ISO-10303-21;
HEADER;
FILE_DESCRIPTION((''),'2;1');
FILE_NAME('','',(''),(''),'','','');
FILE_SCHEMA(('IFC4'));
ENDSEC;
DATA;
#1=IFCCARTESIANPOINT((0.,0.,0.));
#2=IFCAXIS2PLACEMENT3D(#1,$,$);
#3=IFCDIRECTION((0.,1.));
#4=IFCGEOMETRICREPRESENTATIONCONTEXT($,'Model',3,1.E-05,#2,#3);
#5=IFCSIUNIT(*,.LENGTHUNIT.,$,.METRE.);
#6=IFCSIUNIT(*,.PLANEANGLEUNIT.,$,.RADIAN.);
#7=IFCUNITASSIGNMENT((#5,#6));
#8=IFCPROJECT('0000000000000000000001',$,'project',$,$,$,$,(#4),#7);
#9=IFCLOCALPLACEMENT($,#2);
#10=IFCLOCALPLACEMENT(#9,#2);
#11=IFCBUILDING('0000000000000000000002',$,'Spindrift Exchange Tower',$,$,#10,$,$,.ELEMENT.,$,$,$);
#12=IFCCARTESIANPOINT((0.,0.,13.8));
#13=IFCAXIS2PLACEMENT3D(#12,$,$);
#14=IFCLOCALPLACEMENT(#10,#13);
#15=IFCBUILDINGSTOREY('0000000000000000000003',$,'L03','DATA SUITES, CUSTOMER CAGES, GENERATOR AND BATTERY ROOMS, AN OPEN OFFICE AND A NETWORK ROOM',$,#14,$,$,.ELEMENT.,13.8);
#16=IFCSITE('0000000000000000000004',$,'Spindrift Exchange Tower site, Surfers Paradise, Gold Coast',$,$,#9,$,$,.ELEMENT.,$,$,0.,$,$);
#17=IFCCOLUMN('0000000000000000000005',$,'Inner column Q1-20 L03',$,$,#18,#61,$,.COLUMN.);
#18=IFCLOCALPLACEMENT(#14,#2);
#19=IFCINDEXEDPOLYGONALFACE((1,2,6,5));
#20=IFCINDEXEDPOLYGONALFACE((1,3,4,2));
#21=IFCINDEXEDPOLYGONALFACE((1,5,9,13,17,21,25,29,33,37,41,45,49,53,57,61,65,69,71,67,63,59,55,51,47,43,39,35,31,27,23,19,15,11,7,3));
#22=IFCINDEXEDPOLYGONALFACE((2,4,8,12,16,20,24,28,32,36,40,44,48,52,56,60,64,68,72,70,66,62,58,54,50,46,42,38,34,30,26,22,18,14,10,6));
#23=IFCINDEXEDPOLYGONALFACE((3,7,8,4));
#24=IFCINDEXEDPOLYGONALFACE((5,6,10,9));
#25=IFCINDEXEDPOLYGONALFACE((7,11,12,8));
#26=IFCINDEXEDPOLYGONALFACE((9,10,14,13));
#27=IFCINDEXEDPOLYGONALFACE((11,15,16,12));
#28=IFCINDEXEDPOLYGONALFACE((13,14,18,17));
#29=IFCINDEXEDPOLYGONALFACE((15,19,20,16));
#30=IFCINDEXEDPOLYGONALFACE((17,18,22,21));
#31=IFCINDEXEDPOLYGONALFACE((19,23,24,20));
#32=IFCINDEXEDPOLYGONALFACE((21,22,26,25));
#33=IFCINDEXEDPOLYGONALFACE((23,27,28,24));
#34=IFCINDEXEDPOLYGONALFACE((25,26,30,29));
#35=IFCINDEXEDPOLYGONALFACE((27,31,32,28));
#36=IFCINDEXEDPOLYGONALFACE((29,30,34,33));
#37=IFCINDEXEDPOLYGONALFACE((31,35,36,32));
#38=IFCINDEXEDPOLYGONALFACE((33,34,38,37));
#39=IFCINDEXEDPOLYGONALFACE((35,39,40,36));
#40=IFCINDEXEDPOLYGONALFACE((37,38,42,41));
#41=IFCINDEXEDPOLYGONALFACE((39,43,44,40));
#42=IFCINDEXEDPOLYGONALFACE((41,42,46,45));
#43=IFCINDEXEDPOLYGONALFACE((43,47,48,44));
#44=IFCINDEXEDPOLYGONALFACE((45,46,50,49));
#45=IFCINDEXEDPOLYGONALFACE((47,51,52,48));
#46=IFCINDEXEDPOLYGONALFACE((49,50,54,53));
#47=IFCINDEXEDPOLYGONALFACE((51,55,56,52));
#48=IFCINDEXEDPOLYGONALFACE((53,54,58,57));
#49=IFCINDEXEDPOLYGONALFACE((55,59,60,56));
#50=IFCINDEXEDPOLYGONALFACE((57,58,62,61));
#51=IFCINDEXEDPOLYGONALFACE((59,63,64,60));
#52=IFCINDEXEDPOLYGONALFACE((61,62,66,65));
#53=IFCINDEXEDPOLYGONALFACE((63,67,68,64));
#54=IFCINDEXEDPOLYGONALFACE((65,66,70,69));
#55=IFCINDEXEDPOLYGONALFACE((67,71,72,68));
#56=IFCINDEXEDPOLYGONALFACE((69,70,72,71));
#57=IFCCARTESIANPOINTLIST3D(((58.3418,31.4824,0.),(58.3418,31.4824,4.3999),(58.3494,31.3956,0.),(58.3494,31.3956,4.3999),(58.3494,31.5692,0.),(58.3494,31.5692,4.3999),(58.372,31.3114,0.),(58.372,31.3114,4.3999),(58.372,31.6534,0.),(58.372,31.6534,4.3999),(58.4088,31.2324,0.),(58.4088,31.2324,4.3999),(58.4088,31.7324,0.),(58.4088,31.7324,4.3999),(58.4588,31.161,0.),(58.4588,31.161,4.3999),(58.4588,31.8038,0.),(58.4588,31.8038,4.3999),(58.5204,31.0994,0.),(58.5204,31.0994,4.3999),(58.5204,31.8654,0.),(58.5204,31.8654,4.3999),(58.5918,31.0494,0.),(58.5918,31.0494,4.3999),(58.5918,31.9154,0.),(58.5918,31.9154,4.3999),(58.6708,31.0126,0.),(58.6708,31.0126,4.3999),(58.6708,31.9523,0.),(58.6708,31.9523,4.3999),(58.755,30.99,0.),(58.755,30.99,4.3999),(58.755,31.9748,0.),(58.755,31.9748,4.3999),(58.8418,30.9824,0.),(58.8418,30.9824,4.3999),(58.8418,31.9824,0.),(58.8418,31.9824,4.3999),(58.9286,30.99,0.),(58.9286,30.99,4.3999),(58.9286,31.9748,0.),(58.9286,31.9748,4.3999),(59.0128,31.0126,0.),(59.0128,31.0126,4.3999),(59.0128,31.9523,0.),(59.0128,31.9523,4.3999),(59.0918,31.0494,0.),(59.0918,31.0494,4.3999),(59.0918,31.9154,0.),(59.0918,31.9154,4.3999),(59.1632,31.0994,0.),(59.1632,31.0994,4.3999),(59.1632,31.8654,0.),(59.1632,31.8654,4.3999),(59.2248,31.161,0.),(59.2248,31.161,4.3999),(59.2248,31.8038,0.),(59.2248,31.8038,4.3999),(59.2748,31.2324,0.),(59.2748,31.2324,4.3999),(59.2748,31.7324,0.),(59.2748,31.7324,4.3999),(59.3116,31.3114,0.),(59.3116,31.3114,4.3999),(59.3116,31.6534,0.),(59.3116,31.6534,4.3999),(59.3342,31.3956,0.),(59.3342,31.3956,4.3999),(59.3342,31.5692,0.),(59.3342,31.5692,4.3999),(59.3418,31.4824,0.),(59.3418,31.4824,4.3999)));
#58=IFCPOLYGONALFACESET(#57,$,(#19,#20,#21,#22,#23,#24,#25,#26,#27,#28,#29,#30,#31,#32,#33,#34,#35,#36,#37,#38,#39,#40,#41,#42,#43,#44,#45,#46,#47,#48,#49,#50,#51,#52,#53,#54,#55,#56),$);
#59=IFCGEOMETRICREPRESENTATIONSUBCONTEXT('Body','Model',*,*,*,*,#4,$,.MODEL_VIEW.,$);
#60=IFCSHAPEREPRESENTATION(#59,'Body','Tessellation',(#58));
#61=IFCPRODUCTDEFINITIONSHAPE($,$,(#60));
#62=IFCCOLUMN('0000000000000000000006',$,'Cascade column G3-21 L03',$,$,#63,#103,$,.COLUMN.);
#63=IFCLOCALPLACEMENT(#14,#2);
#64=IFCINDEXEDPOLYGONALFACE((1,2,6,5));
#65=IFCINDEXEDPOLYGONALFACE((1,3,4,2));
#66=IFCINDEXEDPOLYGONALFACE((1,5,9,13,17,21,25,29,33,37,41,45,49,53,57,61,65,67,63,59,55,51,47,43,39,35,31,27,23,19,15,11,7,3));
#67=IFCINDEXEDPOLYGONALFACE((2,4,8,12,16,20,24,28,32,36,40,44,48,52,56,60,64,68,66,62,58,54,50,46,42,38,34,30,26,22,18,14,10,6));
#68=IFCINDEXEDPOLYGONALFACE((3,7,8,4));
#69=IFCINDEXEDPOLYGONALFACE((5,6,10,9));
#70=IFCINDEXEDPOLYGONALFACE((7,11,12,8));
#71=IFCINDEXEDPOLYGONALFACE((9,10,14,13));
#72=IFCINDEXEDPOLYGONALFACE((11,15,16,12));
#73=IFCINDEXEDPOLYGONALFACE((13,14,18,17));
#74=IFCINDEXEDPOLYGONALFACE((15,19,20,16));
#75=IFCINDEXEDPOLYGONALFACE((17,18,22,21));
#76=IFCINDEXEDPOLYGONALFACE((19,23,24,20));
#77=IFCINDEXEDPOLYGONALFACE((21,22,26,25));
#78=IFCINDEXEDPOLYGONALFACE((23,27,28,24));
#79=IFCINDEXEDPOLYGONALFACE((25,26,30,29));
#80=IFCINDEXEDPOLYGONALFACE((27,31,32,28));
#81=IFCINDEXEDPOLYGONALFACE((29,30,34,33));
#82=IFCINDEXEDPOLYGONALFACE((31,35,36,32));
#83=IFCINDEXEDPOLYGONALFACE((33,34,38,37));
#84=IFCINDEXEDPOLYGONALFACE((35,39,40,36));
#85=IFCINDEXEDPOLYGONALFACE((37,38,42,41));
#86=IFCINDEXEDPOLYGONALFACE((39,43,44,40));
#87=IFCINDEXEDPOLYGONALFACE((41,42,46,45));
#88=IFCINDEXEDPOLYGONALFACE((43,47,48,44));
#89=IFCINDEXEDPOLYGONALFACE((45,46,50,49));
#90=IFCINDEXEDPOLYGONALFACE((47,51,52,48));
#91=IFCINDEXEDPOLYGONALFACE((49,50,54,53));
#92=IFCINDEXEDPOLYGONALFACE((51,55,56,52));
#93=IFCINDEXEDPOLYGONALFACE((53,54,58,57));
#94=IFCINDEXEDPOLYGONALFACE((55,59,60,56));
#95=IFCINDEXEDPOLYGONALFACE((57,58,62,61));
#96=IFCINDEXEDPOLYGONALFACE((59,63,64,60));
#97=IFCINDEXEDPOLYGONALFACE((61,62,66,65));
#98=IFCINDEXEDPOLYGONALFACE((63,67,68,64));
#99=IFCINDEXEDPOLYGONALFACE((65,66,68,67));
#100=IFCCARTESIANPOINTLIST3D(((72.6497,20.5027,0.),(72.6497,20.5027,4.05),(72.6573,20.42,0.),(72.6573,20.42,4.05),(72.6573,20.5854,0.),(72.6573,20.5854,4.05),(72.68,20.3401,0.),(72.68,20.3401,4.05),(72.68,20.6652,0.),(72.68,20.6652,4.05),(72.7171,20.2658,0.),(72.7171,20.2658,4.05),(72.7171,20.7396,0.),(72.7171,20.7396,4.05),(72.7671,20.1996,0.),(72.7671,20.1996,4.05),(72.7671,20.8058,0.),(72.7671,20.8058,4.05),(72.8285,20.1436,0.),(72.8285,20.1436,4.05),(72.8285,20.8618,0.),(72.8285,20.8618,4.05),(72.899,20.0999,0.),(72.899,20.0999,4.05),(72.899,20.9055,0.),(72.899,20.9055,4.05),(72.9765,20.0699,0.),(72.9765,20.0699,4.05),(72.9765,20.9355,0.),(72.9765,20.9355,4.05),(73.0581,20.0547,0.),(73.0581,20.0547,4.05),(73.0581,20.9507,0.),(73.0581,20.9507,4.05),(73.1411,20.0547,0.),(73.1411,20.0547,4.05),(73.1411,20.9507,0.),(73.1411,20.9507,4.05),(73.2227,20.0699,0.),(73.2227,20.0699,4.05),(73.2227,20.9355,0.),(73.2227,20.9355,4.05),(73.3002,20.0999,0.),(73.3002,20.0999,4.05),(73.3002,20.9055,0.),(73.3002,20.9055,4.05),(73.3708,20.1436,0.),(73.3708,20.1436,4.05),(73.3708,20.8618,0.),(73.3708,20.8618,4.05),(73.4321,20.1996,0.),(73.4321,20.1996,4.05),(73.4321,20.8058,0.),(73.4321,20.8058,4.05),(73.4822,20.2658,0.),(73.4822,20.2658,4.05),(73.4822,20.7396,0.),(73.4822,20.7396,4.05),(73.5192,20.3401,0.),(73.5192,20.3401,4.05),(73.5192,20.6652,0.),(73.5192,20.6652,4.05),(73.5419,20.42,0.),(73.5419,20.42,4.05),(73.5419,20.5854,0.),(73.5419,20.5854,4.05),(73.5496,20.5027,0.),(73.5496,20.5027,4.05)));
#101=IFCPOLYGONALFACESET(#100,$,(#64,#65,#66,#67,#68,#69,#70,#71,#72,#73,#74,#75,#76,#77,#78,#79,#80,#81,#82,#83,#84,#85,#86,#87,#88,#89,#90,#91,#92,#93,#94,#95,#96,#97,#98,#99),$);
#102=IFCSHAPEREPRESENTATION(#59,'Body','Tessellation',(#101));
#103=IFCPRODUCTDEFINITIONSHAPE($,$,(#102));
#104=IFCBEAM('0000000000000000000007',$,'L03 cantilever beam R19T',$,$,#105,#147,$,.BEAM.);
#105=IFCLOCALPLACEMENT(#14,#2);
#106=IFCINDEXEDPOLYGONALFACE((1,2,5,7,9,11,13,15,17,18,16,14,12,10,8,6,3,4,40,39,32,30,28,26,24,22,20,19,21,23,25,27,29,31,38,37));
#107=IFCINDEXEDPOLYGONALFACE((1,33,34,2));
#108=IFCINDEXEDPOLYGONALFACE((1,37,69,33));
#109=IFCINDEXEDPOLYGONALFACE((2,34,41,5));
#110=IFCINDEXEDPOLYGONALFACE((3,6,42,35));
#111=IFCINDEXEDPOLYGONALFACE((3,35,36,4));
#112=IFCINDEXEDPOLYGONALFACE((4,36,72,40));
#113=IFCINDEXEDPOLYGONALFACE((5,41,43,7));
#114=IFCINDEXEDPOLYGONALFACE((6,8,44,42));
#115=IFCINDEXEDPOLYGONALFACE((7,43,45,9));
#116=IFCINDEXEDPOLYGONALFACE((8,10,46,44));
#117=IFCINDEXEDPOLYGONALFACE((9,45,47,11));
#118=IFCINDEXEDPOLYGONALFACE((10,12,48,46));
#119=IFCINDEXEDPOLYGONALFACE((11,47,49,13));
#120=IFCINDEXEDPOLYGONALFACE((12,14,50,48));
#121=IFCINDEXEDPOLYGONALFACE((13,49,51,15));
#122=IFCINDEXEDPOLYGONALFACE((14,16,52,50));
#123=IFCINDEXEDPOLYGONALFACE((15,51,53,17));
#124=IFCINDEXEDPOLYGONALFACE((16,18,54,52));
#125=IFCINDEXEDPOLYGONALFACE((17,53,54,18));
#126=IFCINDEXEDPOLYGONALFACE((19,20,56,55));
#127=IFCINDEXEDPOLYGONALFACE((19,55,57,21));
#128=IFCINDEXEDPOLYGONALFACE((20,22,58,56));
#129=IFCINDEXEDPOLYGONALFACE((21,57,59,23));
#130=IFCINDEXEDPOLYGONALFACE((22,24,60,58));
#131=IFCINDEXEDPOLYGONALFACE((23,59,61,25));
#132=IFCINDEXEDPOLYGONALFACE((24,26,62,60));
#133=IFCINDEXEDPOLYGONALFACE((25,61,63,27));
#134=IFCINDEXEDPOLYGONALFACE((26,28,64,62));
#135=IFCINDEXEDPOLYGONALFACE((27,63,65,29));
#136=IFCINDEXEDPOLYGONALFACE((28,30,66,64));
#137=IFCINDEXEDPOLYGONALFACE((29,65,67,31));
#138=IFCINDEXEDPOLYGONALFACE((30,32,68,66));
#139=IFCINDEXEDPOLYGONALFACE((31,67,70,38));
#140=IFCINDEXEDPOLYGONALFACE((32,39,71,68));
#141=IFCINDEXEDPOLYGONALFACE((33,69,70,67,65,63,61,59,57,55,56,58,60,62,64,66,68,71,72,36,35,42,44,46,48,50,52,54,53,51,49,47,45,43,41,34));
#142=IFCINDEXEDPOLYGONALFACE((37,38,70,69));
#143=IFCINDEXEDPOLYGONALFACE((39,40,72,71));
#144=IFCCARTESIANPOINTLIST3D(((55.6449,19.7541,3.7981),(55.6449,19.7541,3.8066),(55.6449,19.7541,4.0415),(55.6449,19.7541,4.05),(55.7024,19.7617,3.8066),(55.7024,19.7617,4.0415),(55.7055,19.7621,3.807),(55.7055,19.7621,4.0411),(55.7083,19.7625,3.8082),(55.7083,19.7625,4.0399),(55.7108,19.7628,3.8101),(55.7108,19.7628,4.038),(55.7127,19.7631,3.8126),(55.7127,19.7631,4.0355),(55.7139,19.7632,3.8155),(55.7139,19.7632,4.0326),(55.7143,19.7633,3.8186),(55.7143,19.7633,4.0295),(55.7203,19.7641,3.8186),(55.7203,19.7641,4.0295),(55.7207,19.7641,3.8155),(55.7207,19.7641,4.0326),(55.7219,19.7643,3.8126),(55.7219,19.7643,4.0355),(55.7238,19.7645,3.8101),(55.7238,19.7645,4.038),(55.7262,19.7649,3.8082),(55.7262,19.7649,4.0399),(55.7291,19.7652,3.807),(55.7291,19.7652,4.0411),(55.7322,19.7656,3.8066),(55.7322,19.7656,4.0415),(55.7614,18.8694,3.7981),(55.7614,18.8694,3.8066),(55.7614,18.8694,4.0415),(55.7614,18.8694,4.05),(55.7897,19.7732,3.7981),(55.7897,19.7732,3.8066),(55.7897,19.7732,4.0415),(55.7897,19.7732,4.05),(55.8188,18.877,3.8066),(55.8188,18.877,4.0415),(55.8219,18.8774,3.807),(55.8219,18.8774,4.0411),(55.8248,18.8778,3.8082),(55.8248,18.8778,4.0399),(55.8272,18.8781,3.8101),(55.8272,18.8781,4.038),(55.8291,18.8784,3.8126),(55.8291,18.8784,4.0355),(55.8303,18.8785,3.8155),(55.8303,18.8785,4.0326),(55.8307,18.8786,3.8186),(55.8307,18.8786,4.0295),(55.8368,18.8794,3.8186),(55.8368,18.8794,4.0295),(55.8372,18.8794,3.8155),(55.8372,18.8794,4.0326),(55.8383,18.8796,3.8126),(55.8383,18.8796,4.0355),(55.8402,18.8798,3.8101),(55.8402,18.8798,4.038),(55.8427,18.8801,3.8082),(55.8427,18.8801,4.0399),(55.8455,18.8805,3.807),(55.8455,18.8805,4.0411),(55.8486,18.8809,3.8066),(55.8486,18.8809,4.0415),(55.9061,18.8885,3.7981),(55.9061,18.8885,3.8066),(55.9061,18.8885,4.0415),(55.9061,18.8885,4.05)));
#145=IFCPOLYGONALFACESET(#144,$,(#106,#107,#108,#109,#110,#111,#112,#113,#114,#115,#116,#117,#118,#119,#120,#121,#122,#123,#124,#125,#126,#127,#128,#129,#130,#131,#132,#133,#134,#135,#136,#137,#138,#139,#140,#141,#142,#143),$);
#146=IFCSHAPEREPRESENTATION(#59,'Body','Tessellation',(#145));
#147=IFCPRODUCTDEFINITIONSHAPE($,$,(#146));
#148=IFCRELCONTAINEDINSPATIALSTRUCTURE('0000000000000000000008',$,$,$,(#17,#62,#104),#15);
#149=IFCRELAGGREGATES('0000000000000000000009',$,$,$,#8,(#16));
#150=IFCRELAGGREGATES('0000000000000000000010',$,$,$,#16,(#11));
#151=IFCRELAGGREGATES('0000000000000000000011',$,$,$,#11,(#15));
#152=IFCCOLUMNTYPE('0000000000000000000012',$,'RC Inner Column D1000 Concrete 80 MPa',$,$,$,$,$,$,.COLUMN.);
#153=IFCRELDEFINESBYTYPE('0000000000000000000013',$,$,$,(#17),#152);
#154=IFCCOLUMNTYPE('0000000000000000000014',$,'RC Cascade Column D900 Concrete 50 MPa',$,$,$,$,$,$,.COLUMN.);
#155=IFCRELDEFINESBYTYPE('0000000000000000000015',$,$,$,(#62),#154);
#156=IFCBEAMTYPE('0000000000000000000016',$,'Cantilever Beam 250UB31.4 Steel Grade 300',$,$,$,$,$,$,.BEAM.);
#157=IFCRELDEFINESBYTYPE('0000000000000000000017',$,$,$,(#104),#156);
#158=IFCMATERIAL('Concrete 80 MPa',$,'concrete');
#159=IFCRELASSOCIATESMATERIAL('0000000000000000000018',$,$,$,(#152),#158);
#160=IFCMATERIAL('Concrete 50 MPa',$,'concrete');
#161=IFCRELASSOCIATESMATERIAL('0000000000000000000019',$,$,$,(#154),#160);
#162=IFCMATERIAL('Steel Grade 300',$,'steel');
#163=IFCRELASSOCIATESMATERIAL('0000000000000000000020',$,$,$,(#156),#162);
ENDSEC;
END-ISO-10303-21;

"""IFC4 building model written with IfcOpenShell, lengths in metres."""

from ifc_helpers import new_model, si_unit, direction, frame, origin, origin_2d, place, context, subcontext, project, spatial, circle, i_section, extrude, source, transform, mapped, material, material_profile, profile_set, type_object, element, save


model = new_model("IFC4")

# Units and contexts
model_context = context("Model", 3, precision=1e-05, world=origin(), true_north=direction((0.0, 1.0)))
body_context = subcontext(model_context, "Body", "Model", "MODEL_VIEW")
ifc_project = project(units=[si_unit("LENGTHUNIT", "METRE"), si_unit("PLANEANGLEUNIT", "RADIAN")], contexts=[model_context])

# Site, building, storey
site_placement = place(None, origin())
site = spatial("IfcSite", under=ifc_project, at=site_placement, Name="Spindrift Exchange Tower site, Surfers Paradise, Gold Coast", CompositionType="ELEMENT", RefElevation=0.0)
building_placement = place(site_placement, origin())
building = spatial("IfcBuilding", under=site, at=building_placement, Name="Spindrift Exchange Tower", CompositionType="ELEMENT")
storey_placement = place(building_placement, frame((0.0, 0.0, 13.8)))
storey = spatial("IfcBuildingStorey", under=building, at=storey_placement, Name="L03", Description="DATA SUITES, CUSTOMER CAGES, GENERATOR AND BATTERY ROOMS, AN OPEN OFFICE AND A NETWORK ROOM", CompositionType="ELEMENT", Elevation=13.8)

# Columns
ifc_material_1 = material(Name="Concrete 80 MPa", Category="concrete")
ifc_material_profile_1 = material_profile(ifc_material_1, circle(Radius=0.5, at=origin_2d()), Name="RC D1000")
ifc_profile_set_1 = profile_set([ifc_material_profile_1], Name="Concrete 80 MPa")
column_type_1 = type_object("IfcColumnType", Name="RC Inner Column D1000 Concrete 80 MPa", PredefinedType="COLUMN", material=ifc_profile_set_1)
shared_shape_1 = source(origin(), body_context, "Body", "SweptSolid", [
    extrude(circle(Radius=0.5, at=origin_2d()), origin(), (0.0, 0.0, 1.0), 4.3999),
])
column_1_placement = place(storey_placement, frame((58.8418, 31.4824, 0.0), z_axis=(0.0, 0.0, 1.0), x_axis=(1.0, 0.0, 0.0)))
element("IfcColumn", 1, at=column_1_placement, inside=storey, type_object=column_type_1, Name="Inner column Q1-20 L03", PredefinedType="COLUMN", context=body_context, shape_type="MappedRepresentation", body=[
    mapped(shared_shape_1, transform((0.0, 0.0, 0.0), scale=1.0)),
])
ifc_material_2 = material(Name="Concrete 50 MPa", Category="concrete")
ifc_material_profile_2 = material_profile(ifc_material_2, circle(Radius=0.45, at=origin_2d()), Name="RC D900")
ifc_profile_set_2 = profile_set([ifc_material_profile_2], Name="Concrete 50 MPa")
column_type_2 = type_object("IfcColumnType", Name="RC Cascade Column D900 Concrete 50 MPa", PredefinedType="COLUMN", material=ifc_profile_set_2)
shared_shape_2 = source(origin(), body_context, "Body", "SweptSolid", [
    extrude(circle(Radius=0.45, at=origin_2d()), origin(), (0.0, 0.0, 1.0), 4.05),
])
column_2_placement = place(storey_placement, frame((73.0996, 20.5027, 0.0), z_axis=(0.0, 0.0, 1.0), x_axis=(1.0, 0.0, 0.0)))
element("IfcColumn", 2, at=column_2_placement, inside=storey, type_object=column_type_2, Name="Cascade column G3-21 L03", PredefinedType="COLUMN", context=body_context, shape_type="MappedRepresentation", body=[
    mapped(shared_shape_2, transform((0.0, 0.0, 0.0), scale=1.0)),
])

# Beam
ifc_material_3 = material(Name="Steel Grade 300", Category="steel")
ifc_material_profile_3 = material_profile(ifc_material_3, i_section(OverallWidth=0.146, OverallDepth=0.252, WebThickness=0.0061, FlangeThickness=0.0085, FilletRadius=0.012, at=origin_2d()), Name="250UB31.4")
ifc_profile_set_3 = profile_set([ifc_material_profile_3], Name="Steel Grade 300")
beam_type_1 = type_object("IfcBeamType", Name="Cantilever Beam 250UB31.4 Steel Grade 300", PredefinedType="BEAM", material=ifc_profile_set_3)
shared_shape_3 = source(origin(), body_context, "Body", "SweptSolid", [
    extrude(i_section(OverallWidth=0.146, OverallDepth=0.252, WebThickness=0.0061, FlangeThickness=0.0085, FilletRadius=0.012, at=origin_2d()), origin(), (0.0, 0.0, 1.0), 0.8923),
])
beam_1_placement = place(storey_placement, frame((55.7173, 19.7637, 3.9241), z_axis=(0.130497, -0.991449, 0.0), x_axis=(0.991449, 0.130497, 0.0)))
element("IfcBeam", 3, at=beam_1_placement, inside=storey, type_object=beam_type_1, Name="L03 cantilever beam R19T", PredefinedType="BEAM", context=body_context, shape_type="MappedRepresentation", body=[
    mapped(shared_shape_3, transform((0.0, 0.0, 0.0), scale=1.0)),
])

save(model, "model.ifc")
